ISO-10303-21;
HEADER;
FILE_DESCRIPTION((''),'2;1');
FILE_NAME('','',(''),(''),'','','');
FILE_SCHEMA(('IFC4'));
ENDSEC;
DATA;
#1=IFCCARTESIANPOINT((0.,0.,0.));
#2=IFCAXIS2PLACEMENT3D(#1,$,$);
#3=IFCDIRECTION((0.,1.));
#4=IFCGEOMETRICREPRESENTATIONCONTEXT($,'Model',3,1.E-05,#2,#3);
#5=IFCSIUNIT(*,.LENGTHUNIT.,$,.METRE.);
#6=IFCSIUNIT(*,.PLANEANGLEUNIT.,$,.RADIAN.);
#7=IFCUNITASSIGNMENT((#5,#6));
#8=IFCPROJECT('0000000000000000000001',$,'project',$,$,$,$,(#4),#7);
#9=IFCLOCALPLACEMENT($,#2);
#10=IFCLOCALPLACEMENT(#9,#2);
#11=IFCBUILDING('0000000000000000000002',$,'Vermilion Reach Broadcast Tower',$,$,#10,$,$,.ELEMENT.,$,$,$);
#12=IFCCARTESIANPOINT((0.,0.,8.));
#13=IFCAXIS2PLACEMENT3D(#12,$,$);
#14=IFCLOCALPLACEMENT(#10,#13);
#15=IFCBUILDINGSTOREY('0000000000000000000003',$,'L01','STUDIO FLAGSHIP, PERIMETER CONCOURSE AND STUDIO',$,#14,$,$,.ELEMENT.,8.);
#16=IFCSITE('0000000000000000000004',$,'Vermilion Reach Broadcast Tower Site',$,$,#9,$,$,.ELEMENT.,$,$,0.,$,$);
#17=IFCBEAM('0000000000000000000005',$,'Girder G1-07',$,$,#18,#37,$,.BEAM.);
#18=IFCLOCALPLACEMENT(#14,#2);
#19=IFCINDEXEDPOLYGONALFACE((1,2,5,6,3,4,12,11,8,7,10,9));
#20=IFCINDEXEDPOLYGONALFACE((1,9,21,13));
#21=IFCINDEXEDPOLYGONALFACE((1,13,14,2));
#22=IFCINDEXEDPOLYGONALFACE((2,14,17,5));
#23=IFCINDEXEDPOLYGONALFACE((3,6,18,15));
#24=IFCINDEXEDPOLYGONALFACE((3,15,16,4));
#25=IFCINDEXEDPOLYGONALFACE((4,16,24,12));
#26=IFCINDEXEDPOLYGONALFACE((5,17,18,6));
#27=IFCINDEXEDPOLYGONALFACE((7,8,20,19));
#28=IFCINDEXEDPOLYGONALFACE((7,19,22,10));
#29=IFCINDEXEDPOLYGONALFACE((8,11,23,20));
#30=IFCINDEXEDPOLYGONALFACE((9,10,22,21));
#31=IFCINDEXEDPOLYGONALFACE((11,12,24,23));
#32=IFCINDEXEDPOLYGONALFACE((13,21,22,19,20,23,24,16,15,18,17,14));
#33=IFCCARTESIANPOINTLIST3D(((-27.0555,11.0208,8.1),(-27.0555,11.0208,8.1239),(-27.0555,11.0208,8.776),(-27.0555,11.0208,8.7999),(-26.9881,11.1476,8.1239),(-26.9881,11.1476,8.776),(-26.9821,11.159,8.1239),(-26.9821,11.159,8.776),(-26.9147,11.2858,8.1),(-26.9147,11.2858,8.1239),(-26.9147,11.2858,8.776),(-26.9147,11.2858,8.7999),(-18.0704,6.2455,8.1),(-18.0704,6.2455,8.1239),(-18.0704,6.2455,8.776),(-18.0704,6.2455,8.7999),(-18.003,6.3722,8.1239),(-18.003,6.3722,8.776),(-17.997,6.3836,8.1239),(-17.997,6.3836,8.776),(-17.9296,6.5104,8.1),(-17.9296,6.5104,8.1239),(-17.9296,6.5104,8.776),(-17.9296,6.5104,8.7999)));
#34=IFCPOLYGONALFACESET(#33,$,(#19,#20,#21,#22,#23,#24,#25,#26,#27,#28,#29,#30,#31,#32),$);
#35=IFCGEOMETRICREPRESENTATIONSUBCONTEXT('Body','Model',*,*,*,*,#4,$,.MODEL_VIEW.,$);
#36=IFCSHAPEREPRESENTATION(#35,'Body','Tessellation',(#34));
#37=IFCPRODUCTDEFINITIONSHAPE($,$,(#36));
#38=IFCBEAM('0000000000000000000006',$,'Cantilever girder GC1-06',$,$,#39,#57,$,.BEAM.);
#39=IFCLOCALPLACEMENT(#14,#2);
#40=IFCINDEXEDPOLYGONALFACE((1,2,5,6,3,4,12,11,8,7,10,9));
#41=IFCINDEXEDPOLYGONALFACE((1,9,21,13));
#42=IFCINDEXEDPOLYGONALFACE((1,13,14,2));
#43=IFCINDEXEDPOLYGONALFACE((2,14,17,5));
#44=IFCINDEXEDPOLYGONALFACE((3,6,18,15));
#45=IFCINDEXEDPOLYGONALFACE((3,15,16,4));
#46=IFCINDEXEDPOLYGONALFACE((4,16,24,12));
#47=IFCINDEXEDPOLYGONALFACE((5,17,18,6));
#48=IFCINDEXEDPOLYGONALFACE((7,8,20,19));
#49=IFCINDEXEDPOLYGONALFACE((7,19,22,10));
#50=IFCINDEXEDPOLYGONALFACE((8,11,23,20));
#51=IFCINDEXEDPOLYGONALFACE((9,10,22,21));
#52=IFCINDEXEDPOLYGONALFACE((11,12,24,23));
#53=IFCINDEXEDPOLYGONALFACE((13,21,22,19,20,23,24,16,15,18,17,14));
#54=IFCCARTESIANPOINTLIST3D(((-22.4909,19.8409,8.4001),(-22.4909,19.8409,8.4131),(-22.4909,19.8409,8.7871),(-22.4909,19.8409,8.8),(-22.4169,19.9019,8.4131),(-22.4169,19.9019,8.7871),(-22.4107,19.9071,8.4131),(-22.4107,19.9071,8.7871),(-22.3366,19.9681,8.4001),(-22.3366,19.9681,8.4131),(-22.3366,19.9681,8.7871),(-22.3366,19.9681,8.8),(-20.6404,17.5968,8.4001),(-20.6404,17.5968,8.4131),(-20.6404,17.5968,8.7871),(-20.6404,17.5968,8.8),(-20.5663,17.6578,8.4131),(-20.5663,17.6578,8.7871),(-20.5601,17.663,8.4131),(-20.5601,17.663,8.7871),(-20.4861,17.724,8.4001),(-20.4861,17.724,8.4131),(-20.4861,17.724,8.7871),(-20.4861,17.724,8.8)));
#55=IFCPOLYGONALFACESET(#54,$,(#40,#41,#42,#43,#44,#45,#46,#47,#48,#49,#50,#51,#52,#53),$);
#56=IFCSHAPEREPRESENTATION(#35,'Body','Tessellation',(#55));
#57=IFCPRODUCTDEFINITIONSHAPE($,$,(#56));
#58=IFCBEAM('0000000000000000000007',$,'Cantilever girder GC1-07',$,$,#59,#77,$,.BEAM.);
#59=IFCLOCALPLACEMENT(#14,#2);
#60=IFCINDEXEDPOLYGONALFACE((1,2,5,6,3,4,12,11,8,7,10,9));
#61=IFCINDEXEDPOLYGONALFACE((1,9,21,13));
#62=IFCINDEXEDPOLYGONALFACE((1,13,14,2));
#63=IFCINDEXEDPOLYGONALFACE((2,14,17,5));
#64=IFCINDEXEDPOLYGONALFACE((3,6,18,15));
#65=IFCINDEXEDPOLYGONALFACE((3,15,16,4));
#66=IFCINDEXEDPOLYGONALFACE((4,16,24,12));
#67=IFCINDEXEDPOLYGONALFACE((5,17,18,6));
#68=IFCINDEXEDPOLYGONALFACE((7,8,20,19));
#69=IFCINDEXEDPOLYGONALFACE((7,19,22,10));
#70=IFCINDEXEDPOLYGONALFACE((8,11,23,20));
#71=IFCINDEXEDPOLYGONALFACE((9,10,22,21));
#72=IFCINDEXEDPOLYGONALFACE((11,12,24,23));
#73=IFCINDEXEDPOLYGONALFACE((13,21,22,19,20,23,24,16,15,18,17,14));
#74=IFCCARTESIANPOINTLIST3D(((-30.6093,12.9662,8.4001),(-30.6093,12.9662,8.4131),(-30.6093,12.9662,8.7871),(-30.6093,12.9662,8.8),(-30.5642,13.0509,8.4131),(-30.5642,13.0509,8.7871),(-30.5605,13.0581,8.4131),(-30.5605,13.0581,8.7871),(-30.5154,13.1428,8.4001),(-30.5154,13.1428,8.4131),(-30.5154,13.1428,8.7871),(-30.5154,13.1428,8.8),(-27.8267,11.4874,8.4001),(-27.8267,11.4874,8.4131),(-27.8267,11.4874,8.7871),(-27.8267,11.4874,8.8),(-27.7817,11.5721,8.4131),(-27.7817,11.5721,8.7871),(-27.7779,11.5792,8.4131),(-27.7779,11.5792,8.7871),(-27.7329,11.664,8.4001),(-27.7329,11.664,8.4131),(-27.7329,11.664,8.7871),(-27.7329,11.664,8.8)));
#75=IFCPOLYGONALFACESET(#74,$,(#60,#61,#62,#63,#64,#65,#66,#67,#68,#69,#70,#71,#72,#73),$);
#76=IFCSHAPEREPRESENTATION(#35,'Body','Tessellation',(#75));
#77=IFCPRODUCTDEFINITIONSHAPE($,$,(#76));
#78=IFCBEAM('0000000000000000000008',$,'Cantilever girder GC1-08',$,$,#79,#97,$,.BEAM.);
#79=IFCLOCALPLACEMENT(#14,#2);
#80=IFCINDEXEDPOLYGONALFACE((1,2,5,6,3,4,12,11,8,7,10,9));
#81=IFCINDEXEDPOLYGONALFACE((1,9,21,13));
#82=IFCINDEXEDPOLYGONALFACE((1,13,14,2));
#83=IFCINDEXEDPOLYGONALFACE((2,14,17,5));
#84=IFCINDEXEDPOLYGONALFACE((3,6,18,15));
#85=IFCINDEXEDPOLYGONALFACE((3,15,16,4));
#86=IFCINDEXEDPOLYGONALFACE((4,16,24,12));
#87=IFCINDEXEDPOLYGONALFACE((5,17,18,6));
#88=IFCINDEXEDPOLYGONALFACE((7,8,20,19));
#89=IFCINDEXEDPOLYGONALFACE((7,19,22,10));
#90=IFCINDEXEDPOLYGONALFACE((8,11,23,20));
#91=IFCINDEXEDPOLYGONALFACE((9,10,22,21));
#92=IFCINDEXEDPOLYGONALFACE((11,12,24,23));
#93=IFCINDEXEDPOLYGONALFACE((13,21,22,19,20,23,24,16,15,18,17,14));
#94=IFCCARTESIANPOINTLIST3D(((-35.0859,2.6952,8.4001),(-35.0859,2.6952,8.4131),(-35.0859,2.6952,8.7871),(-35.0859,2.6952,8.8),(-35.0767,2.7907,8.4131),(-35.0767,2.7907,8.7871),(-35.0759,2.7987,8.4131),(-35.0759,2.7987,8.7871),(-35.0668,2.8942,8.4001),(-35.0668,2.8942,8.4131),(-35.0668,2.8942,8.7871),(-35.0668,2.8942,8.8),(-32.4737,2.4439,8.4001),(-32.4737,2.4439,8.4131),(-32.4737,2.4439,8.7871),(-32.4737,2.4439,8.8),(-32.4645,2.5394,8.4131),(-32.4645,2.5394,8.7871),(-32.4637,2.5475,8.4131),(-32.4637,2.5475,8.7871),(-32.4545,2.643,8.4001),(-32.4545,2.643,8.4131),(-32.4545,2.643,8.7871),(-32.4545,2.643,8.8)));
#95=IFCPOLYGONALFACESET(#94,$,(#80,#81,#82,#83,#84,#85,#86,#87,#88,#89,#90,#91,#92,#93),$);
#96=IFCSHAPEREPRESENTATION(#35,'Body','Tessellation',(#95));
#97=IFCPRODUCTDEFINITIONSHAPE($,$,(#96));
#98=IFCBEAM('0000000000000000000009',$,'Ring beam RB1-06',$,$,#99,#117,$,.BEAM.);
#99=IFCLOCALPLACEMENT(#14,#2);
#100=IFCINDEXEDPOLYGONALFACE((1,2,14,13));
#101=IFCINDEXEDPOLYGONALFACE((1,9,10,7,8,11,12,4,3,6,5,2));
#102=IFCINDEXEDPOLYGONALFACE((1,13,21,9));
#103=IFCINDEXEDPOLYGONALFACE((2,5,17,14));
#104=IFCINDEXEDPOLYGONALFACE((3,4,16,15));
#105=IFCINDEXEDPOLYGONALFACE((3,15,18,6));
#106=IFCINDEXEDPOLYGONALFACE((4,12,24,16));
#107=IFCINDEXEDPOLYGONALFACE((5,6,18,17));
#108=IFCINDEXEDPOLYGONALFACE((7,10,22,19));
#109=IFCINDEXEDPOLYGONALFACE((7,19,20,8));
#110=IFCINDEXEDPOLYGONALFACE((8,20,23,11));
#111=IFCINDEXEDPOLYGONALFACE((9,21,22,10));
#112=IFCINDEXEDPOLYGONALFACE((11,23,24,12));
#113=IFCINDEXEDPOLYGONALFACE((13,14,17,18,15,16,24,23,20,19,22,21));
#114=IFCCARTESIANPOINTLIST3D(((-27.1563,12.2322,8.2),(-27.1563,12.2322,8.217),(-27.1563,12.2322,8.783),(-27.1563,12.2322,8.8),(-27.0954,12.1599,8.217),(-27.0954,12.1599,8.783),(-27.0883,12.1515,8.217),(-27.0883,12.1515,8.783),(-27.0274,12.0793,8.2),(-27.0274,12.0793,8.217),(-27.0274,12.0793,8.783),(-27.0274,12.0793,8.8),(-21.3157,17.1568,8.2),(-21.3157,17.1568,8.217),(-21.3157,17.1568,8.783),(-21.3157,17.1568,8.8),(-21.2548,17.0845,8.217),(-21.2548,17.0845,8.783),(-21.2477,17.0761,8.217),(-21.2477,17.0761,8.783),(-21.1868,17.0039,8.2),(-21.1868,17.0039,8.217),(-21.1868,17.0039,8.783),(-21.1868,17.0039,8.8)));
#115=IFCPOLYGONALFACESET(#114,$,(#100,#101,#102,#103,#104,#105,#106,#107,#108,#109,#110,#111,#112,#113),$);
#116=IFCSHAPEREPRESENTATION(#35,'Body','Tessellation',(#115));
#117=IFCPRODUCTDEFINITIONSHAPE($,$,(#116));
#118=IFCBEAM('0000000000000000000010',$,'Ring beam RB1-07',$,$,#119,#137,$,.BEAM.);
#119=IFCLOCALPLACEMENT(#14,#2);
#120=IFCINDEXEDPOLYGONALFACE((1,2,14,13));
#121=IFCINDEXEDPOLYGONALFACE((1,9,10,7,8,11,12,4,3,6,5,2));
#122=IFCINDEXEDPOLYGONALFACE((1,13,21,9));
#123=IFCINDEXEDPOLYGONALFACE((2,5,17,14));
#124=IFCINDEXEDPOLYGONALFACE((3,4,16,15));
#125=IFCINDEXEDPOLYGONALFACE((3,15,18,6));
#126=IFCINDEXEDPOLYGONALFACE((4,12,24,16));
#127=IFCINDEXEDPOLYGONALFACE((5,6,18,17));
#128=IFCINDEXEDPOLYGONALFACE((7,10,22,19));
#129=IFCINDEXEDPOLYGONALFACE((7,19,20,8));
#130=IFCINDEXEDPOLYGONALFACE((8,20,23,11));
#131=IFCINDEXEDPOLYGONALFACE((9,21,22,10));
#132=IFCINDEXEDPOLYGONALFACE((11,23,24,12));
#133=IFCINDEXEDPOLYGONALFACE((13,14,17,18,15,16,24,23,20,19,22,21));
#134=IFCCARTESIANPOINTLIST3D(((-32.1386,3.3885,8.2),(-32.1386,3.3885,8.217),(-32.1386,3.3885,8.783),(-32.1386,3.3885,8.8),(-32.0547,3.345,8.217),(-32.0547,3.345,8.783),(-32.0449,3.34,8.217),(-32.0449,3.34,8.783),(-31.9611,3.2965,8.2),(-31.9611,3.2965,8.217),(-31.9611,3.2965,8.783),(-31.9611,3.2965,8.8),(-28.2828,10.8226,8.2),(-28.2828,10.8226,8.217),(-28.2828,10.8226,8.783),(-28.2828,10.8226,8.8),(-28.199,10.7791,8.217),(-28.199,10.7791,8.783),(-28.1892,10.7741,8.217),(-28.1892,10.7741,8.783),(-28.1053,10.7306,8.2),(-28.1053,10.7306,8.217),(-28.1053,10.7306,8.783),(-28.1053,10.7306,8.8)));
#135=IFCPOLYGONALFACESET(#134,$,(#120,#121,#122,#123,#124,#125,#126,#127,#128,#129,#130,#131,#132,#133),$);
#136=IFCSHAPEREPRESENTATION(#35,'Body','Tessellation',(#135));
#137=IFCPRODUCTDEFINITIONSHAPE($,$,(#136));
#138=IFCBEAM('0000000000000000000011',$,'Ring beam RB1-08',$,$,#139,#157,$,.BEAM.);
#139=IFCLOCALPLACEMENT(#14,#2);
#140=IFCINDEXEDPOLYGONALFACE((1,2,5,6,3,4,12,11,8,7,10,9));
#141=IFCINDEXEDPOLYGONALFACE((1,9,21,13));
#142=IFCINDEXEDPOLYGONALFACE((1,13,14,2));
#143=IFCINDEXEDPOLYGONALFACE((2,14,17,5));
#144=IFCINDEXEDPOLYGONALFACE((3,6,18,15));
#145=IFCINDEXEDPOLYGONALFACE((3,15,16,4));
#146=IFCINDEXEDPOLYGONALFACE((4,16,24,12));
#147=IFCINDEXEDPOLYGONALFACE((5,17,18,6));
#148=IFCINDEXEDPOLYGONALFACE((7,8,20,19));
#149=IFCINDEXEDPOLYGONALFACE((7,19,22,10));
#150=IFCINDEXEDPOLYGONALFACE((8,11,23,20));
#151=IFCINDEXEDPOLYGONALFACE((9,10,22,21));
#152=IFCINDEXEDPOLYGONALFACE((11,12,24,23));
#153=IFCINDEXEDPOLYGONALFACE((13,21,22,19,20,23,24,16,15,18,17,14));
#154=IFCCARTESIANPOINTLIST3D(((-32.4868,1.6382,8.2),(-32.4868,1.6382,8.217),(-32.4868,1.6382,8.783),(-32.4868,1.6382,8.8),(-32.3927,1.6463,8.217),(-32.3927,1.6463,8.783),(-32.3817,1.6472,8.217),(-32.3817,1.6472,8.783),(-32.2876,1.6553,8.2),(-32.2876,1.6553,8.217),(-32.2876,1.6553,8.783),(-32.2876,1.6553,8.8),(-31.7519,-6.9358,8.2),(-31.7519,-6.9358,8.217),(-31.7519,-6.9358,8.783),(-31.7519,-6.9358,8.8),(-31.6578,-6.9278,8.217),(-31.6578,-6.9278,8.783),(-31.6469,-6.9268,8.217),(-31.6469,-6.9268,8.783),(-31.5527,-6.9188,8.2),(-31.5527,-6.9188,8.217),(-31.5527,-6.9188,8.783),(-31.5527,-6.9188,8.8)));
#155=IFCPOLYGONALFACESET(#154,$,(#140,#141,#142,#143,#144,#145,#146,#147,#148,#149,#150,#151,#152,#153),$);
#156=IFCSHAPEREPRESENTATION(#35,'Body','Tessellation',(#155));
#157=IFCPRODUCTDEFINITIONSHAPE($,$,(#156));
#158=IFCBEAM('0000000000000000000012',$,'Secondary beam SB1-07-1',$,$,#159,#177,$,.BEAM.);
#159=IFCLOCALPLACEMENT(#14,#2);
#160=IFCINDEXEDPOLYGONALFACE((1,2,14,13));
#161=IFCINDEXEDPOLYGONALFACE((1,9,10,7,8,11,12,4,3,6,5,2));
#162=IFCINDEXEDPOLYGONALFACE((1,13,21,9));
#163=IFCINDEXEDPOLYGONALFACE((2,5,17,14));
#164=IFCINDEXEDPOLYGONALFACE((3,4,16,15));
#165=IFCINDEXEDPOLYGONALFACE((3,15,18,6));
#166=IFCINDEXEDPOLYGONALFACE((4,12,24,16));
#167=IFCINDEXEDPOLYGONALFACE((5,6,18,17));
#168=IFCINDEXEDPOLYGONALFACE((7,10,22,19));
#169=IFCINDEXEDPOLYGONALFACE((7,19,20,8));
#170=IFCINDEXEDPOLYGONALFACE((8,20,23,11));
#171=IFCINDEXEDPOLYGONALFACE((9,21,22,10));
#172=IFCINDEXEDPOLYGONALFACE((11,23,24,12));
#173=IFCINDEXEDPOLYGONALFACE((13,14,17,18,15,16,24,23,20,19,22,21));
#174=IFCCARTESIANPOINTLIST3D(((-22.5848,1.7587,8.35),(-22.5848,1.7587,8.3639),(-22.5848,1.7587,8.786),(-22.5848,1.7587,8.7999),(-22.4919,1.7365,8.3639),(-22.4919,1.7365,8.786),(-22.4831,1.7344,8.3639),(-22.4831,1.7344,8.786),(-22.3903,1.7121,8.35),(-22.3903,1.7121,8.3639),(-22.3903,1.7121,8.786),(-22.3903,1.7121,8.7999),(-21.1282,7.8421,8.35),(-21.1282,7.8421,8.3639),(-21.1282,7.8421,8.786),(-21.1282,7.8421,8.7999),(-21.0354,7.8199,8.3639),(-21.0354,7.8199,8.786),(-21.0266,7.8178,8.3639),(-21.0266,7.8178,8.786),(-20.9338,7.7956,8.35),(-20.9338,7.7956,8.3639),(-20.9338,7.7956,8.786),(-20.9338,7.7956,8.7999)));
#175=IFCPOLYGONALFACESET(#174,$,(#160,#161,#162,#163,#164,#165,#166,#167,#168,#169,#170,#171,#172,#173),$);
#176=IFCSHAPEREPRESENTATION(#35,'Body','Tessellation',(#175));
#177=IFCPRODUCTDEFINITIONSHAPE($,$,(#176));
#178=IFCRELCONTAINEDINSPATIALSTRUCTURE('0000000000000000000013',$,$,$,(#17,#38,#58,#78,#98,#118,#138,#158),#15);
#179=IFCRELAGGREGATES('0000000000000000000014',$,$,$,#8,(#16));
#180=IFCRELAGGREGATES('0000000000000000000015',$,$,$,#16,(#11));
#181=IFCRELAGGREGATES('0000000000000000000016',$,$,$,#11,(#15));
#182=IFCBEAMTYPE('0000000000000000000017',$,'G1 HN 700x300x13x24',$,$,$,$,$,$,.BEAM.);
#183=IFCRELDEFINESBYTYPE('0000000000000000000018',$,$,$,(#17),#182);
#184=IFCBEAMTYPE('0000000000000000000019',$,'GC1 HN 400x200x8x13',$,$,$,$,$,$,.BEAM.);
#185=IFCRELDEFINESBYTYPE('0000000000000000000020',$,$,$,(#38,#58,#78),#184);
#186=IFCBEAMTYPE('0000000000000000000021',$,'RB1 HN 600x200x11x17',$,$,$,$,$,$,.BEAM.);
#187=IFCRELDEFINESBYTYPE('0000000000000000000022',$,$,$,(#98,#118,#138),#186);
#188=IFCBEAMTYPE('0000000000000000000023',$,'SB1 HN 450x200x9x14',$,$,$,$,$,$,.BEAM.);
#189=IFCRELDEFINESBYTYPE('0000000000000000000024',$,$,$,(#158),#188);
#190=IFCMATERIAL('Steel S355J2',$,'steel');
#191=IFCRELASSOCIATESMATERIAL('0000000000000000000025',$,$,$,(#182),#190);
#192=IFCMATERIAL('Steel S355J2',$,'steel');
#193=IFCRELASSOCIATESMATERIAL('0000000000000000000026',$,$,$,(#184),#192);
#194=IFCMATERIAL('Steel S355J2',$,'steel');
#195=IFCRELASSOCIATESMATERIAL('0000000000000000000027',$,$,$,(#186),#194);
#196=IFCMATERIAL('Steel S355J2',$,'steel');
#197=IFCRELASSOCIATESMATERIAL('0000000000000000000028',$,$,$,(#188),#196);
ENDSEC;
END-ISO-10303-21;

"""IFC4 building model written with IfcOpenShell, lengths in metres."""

from ifc_helpers import new_model, si_unit, direction, frame, origin, origin_2d, place, context, subcontext, project, spatial, i_section, extrude, material, material_profile, profile_set, type_object, element, save


model = new_model("IFC4")

# Units and contexts
model_context = context("Model", 3, precision=1e-05, world=origin(), true_north=direction((0.0, 1.0)))
body_context = subcontext(model_context, "Body", "Model", "MODEL_VIEW")
ifc_project = project(units=[si_unit("LENGTHUNIT", "METRE"), si_unit("PLANEANGLEUNIT", "RADIAN")], contexts=[model_context])

# Site, building, storey
site_placement = place(None, origin())
site = spatial("IfcSite", under=ifc_project, at=site_placement, Name="Vermilion Reach Broadcast Tower Site", CompositionType="ELEMENT", RefElevation=0.0)
building_placement = place(site_placement, origin())
building = spatial("IfcBuilding", under=site, at=building_placement, Name="Vermilion Reach Broadcast Tower", CompositionType="ELEMENT")
storey_placement = place(building_placement, frame((0.0, 0.0, 8.0)))
storey = spatial("IfcBuildingStorey", under=building, at=storey_placement, Name="L01", Description="STUDIO FLAGSHIP, PERIMETER CONCOURSE AND STUDIO", CompositionType="ELEMENT", Elevation=8.0)

# Beams
ifc_material_1 = material(Name="Steel S355J2", Category="steel")
ifc_material_profile_1 = material_profile(ifc_material_1, i_section(OverallWidth=0.3, OverallDepth=0.7, WebThickness=0.0129, FlangeThickness=0.0239, at=origin_2d()), Name="S355J2 HN 700x300x13x24")
ifc_profile_set_1 = profile_set([ifc_material_profile_1], Name="Steel S355J2")
beam_type_1 = type_object("IfcBeamType", Name="G1 HN 700x300x13x24", PredefinedType="BEAM", material=ifc_profile_set_1)
beam_1_placement = place(storey_placement, frame((-18.0, 6.3779, 8.45), z_axis=(-0.883032, 0.469313, 0.0), x_axis=(-0.469313, -0.883032, 0.0)))
element("IfcBeam", 1, at=beam_1_placement, inside=storey, type_object=beam_type_1, Name="Girder G1-07", PredefinedType="BEAM", context=body_context, shape_type="SweptSolid", body=[
    extrude(i_section(OverallWidth=0.3, OverallDepth=0.7, WebThickness=0.0129, FlangeThickness=0.0239, at=origin_2d()), origin(), (0.0, 0.0, 1.0), 10.1753),
])
ifc_material_2 = material(Name="Steel S355J2", Category="steel")
ifc_material_profile_2 = material_profile(ifc_material_2, i_section(OverallWidth=0.2, OverallDepth=0.3999, WebThickness=0.0081, FlangeThickness=0.0129, at=origin_2d()), Name="S355J2 HN 400x200x8x13")
ifc_profile_set_2 = profile_set([ifc_material_profile_2], Name="Steel S355J2")
beam_type_2 = type_object("IfcBeamType", Name="GC1 HN 400x200x8x13", PredefinedType="BEAM", material=ifc_profile_set_2)
beam_2_placement = place(storey_placement, frame((-20.5632, 17.6604, 8.6001), z_axis=(-0.636213, 0.771513, 0.0), x_axis=(-0.771513, -0.636213, 0.0)))
element("IfcBeam", 2, at=beam_2_placement, inside=storey, type_object=beam_type_2, Name="Cantilever girder GC1-06", PredefinedType="BEAM", context=body_context, shape_type="SweptSolid", body=[
    extrude(i_section(OverallWidth=0.2, OverallDepth=0.3999, WebThickness=0.0081, FlangeThickness=0.0129, at=origin_2d()), origin(), (0.0, 0.0, 1.0), 2.9087),
])
beam_3_placement = place(storey_placement, frame((-27.7798, 11.5757, 8.6001), z_axis=(-0.88304, 0.469297, 0.0), x_axis=(-0.469297, -0.88304, 0.0)))
element("IfcBeam", 3, at=beam_3_placement, inside=storey, type_object=beam_type_2, Name="Cantilever girder GC1-07", PredefinedType="BEAM", context=body_context, shape_type="SweptSolid", body=[
    extrude(i_section(OverallWidth=0.2, OverallDepth=0.3999, WebThickness=0.0081, FlangeThickness=0.0129, at=origin_2d()), origin(), (0.0, 0.0, 1.0), 3.1511),
])
beam_4_placement = place(storey_placement, frame((-32.4641, 2.5435, 8.6001), z_axis=(-0.995408, 0.095727, 0.0), x_axis=(-0.095727, -0.995408, 0.0)))
element("IfcBeam", 4, at=beam_4_placement, inside=storey, type_object=beam_type_2, Name="Cantilever girder GC1-08", PredefinedType="BEAM", context=body_context, shape_type="SweptSolid", body=[
    extrude(i_section(OverallWidth=0.2, OverallDepth=0.3999, WebThickness=0.0081, FlangeThickness=0.0129, at=origin_2d()), origin(), (0.0, 0.0, 1.0), 2.6243),
])
ifc_material_3 = material(Name="Steel S355J2", Category="steel")
ifc_material_profile_3 = material_profile(ifc_material_3, i_section(OverallWidth=0.2, OverallDepth=0.6001, WebThickness=0.011, FlangeThickness=0.0171, at=origin_2d()), Name="S355J2 HN 600x200x11x17")
ifc_profile_set_3 = profile_set([ifc_material_profile_3], Name="Steel S355J2")
beam_type_3 = type_object("IfcBeamType", Name="RB1 HN 600x200x11x17", PredefinedType="BEAM", material=ifc_profile_set_3)
beam_5_placement = place(storey_placement, frame((-21.2512, 17.0803, 8.5), z_axis=(-0.764512, -0.644609, 0.0), x_axis=(0.644609, -0.764512, 0.0)))
element("IfcBeam", 5, at=beam_5_placement, inside=storey, type_object=beam_type_3, Name="Ring beam RB1-06", PredefinedType="BEAM", context=body_context, shape_type="SweptSolid", body=[
    extrude(i_section(OverallWidth=0.2, OverallDepth=0.6001, WebThickness=0.011, FlangeThickness=0.0171, at=origin_2d()), origin(), (0.0, 0.0, 1.0), 7.6396),
])
beam_6_placement = place(storey_placement, frame((-28.1941, 10.7766, 8.5), z_axis=(-0.460412, -0.887706, 0.0), x_axis=(0.887706, -0.460412, 0.0)))
element("IfcBeam", 6, at=beam_6_placement, inside=storey, type_object=beam_type_3, Name="Ring beam RB1-07", PredefinedType="BEAM", context=body_context, shape_type="SweptSolid", body=[
    extrude(i_section(OverallWidth=0.2, OverallDepth=0.6001, WebThickness=0.011, FlangeThickness=0.0171, at=origin_2d()), origin(), (0.0, 0.0, 1.0), 8.3745),
])
beam_7_placement = place(storey_placement, frame((-32.3872, 1.6467, 8.5), z_axis=(0.085396, -0.996347, 0.0), x_axis=(0.996347, 0.085396, 0.0)))
element("IfcBeam", 7, at=beam_7_placement, inside=storey, type_object=beam_type_3, Name="Ring beam RB1-08", PredefinedType="BEAM", context=body_context, shape_type="SweptSolid", body=[
    extrude(i_section(OverallWidth=0.2, OverallDepth=0.6001, WebThickness=0.011, FlangeThickness=0.0171, at=origin_2d()), origin(), (0.0, 0.0, 1.0), 8.6055),
])
ifc_material_4 = material(Name="Steel S355J2", Category="steel")
ifc_material_profile_4 = material_profile(ifc_material_4, i_section(OverallWidth=0.2, OverallDepth=0.45, WebThickness=0.009, FlangeThickness=0.0139, at=origin_2d()), Name="S355J2 HN 450x200x9x14")
ifc_profile_set_4 = profile_set([ifc_material_profile_4], Name="Steel S355J2")
beam_type_4 = type_object("IfcBeamType", Name="SB1 HN 450x200x9x14", PredefinedType="BEAM", material=ifc_profile_set_4)
beam_8_placement = place(storey_placement, frame((-21.031, 7.8188, 8.575), z_axis=(-0.232844, -0.972514, 0.0), x_axis=(0.972514, -0.232844, 0.0)))
element("IfcBeam", 8, at=beam_8_placement, inside=storey, type_object=beam_type_4, Name="Secondary beam SB1-07-1", PredefinedType="BEAM", context=body_context, shape_type="SweptSolid", body=[
    extrude(i_section(OverallWidth=0.2, OverallDepth=0.45, WebThickness=0.009, FlangeThickness=0.0139, at=origin_2d()), origin(), (0.0, 0.0, 1.0), 6.2554),
])

save(model, "model.ifc")
